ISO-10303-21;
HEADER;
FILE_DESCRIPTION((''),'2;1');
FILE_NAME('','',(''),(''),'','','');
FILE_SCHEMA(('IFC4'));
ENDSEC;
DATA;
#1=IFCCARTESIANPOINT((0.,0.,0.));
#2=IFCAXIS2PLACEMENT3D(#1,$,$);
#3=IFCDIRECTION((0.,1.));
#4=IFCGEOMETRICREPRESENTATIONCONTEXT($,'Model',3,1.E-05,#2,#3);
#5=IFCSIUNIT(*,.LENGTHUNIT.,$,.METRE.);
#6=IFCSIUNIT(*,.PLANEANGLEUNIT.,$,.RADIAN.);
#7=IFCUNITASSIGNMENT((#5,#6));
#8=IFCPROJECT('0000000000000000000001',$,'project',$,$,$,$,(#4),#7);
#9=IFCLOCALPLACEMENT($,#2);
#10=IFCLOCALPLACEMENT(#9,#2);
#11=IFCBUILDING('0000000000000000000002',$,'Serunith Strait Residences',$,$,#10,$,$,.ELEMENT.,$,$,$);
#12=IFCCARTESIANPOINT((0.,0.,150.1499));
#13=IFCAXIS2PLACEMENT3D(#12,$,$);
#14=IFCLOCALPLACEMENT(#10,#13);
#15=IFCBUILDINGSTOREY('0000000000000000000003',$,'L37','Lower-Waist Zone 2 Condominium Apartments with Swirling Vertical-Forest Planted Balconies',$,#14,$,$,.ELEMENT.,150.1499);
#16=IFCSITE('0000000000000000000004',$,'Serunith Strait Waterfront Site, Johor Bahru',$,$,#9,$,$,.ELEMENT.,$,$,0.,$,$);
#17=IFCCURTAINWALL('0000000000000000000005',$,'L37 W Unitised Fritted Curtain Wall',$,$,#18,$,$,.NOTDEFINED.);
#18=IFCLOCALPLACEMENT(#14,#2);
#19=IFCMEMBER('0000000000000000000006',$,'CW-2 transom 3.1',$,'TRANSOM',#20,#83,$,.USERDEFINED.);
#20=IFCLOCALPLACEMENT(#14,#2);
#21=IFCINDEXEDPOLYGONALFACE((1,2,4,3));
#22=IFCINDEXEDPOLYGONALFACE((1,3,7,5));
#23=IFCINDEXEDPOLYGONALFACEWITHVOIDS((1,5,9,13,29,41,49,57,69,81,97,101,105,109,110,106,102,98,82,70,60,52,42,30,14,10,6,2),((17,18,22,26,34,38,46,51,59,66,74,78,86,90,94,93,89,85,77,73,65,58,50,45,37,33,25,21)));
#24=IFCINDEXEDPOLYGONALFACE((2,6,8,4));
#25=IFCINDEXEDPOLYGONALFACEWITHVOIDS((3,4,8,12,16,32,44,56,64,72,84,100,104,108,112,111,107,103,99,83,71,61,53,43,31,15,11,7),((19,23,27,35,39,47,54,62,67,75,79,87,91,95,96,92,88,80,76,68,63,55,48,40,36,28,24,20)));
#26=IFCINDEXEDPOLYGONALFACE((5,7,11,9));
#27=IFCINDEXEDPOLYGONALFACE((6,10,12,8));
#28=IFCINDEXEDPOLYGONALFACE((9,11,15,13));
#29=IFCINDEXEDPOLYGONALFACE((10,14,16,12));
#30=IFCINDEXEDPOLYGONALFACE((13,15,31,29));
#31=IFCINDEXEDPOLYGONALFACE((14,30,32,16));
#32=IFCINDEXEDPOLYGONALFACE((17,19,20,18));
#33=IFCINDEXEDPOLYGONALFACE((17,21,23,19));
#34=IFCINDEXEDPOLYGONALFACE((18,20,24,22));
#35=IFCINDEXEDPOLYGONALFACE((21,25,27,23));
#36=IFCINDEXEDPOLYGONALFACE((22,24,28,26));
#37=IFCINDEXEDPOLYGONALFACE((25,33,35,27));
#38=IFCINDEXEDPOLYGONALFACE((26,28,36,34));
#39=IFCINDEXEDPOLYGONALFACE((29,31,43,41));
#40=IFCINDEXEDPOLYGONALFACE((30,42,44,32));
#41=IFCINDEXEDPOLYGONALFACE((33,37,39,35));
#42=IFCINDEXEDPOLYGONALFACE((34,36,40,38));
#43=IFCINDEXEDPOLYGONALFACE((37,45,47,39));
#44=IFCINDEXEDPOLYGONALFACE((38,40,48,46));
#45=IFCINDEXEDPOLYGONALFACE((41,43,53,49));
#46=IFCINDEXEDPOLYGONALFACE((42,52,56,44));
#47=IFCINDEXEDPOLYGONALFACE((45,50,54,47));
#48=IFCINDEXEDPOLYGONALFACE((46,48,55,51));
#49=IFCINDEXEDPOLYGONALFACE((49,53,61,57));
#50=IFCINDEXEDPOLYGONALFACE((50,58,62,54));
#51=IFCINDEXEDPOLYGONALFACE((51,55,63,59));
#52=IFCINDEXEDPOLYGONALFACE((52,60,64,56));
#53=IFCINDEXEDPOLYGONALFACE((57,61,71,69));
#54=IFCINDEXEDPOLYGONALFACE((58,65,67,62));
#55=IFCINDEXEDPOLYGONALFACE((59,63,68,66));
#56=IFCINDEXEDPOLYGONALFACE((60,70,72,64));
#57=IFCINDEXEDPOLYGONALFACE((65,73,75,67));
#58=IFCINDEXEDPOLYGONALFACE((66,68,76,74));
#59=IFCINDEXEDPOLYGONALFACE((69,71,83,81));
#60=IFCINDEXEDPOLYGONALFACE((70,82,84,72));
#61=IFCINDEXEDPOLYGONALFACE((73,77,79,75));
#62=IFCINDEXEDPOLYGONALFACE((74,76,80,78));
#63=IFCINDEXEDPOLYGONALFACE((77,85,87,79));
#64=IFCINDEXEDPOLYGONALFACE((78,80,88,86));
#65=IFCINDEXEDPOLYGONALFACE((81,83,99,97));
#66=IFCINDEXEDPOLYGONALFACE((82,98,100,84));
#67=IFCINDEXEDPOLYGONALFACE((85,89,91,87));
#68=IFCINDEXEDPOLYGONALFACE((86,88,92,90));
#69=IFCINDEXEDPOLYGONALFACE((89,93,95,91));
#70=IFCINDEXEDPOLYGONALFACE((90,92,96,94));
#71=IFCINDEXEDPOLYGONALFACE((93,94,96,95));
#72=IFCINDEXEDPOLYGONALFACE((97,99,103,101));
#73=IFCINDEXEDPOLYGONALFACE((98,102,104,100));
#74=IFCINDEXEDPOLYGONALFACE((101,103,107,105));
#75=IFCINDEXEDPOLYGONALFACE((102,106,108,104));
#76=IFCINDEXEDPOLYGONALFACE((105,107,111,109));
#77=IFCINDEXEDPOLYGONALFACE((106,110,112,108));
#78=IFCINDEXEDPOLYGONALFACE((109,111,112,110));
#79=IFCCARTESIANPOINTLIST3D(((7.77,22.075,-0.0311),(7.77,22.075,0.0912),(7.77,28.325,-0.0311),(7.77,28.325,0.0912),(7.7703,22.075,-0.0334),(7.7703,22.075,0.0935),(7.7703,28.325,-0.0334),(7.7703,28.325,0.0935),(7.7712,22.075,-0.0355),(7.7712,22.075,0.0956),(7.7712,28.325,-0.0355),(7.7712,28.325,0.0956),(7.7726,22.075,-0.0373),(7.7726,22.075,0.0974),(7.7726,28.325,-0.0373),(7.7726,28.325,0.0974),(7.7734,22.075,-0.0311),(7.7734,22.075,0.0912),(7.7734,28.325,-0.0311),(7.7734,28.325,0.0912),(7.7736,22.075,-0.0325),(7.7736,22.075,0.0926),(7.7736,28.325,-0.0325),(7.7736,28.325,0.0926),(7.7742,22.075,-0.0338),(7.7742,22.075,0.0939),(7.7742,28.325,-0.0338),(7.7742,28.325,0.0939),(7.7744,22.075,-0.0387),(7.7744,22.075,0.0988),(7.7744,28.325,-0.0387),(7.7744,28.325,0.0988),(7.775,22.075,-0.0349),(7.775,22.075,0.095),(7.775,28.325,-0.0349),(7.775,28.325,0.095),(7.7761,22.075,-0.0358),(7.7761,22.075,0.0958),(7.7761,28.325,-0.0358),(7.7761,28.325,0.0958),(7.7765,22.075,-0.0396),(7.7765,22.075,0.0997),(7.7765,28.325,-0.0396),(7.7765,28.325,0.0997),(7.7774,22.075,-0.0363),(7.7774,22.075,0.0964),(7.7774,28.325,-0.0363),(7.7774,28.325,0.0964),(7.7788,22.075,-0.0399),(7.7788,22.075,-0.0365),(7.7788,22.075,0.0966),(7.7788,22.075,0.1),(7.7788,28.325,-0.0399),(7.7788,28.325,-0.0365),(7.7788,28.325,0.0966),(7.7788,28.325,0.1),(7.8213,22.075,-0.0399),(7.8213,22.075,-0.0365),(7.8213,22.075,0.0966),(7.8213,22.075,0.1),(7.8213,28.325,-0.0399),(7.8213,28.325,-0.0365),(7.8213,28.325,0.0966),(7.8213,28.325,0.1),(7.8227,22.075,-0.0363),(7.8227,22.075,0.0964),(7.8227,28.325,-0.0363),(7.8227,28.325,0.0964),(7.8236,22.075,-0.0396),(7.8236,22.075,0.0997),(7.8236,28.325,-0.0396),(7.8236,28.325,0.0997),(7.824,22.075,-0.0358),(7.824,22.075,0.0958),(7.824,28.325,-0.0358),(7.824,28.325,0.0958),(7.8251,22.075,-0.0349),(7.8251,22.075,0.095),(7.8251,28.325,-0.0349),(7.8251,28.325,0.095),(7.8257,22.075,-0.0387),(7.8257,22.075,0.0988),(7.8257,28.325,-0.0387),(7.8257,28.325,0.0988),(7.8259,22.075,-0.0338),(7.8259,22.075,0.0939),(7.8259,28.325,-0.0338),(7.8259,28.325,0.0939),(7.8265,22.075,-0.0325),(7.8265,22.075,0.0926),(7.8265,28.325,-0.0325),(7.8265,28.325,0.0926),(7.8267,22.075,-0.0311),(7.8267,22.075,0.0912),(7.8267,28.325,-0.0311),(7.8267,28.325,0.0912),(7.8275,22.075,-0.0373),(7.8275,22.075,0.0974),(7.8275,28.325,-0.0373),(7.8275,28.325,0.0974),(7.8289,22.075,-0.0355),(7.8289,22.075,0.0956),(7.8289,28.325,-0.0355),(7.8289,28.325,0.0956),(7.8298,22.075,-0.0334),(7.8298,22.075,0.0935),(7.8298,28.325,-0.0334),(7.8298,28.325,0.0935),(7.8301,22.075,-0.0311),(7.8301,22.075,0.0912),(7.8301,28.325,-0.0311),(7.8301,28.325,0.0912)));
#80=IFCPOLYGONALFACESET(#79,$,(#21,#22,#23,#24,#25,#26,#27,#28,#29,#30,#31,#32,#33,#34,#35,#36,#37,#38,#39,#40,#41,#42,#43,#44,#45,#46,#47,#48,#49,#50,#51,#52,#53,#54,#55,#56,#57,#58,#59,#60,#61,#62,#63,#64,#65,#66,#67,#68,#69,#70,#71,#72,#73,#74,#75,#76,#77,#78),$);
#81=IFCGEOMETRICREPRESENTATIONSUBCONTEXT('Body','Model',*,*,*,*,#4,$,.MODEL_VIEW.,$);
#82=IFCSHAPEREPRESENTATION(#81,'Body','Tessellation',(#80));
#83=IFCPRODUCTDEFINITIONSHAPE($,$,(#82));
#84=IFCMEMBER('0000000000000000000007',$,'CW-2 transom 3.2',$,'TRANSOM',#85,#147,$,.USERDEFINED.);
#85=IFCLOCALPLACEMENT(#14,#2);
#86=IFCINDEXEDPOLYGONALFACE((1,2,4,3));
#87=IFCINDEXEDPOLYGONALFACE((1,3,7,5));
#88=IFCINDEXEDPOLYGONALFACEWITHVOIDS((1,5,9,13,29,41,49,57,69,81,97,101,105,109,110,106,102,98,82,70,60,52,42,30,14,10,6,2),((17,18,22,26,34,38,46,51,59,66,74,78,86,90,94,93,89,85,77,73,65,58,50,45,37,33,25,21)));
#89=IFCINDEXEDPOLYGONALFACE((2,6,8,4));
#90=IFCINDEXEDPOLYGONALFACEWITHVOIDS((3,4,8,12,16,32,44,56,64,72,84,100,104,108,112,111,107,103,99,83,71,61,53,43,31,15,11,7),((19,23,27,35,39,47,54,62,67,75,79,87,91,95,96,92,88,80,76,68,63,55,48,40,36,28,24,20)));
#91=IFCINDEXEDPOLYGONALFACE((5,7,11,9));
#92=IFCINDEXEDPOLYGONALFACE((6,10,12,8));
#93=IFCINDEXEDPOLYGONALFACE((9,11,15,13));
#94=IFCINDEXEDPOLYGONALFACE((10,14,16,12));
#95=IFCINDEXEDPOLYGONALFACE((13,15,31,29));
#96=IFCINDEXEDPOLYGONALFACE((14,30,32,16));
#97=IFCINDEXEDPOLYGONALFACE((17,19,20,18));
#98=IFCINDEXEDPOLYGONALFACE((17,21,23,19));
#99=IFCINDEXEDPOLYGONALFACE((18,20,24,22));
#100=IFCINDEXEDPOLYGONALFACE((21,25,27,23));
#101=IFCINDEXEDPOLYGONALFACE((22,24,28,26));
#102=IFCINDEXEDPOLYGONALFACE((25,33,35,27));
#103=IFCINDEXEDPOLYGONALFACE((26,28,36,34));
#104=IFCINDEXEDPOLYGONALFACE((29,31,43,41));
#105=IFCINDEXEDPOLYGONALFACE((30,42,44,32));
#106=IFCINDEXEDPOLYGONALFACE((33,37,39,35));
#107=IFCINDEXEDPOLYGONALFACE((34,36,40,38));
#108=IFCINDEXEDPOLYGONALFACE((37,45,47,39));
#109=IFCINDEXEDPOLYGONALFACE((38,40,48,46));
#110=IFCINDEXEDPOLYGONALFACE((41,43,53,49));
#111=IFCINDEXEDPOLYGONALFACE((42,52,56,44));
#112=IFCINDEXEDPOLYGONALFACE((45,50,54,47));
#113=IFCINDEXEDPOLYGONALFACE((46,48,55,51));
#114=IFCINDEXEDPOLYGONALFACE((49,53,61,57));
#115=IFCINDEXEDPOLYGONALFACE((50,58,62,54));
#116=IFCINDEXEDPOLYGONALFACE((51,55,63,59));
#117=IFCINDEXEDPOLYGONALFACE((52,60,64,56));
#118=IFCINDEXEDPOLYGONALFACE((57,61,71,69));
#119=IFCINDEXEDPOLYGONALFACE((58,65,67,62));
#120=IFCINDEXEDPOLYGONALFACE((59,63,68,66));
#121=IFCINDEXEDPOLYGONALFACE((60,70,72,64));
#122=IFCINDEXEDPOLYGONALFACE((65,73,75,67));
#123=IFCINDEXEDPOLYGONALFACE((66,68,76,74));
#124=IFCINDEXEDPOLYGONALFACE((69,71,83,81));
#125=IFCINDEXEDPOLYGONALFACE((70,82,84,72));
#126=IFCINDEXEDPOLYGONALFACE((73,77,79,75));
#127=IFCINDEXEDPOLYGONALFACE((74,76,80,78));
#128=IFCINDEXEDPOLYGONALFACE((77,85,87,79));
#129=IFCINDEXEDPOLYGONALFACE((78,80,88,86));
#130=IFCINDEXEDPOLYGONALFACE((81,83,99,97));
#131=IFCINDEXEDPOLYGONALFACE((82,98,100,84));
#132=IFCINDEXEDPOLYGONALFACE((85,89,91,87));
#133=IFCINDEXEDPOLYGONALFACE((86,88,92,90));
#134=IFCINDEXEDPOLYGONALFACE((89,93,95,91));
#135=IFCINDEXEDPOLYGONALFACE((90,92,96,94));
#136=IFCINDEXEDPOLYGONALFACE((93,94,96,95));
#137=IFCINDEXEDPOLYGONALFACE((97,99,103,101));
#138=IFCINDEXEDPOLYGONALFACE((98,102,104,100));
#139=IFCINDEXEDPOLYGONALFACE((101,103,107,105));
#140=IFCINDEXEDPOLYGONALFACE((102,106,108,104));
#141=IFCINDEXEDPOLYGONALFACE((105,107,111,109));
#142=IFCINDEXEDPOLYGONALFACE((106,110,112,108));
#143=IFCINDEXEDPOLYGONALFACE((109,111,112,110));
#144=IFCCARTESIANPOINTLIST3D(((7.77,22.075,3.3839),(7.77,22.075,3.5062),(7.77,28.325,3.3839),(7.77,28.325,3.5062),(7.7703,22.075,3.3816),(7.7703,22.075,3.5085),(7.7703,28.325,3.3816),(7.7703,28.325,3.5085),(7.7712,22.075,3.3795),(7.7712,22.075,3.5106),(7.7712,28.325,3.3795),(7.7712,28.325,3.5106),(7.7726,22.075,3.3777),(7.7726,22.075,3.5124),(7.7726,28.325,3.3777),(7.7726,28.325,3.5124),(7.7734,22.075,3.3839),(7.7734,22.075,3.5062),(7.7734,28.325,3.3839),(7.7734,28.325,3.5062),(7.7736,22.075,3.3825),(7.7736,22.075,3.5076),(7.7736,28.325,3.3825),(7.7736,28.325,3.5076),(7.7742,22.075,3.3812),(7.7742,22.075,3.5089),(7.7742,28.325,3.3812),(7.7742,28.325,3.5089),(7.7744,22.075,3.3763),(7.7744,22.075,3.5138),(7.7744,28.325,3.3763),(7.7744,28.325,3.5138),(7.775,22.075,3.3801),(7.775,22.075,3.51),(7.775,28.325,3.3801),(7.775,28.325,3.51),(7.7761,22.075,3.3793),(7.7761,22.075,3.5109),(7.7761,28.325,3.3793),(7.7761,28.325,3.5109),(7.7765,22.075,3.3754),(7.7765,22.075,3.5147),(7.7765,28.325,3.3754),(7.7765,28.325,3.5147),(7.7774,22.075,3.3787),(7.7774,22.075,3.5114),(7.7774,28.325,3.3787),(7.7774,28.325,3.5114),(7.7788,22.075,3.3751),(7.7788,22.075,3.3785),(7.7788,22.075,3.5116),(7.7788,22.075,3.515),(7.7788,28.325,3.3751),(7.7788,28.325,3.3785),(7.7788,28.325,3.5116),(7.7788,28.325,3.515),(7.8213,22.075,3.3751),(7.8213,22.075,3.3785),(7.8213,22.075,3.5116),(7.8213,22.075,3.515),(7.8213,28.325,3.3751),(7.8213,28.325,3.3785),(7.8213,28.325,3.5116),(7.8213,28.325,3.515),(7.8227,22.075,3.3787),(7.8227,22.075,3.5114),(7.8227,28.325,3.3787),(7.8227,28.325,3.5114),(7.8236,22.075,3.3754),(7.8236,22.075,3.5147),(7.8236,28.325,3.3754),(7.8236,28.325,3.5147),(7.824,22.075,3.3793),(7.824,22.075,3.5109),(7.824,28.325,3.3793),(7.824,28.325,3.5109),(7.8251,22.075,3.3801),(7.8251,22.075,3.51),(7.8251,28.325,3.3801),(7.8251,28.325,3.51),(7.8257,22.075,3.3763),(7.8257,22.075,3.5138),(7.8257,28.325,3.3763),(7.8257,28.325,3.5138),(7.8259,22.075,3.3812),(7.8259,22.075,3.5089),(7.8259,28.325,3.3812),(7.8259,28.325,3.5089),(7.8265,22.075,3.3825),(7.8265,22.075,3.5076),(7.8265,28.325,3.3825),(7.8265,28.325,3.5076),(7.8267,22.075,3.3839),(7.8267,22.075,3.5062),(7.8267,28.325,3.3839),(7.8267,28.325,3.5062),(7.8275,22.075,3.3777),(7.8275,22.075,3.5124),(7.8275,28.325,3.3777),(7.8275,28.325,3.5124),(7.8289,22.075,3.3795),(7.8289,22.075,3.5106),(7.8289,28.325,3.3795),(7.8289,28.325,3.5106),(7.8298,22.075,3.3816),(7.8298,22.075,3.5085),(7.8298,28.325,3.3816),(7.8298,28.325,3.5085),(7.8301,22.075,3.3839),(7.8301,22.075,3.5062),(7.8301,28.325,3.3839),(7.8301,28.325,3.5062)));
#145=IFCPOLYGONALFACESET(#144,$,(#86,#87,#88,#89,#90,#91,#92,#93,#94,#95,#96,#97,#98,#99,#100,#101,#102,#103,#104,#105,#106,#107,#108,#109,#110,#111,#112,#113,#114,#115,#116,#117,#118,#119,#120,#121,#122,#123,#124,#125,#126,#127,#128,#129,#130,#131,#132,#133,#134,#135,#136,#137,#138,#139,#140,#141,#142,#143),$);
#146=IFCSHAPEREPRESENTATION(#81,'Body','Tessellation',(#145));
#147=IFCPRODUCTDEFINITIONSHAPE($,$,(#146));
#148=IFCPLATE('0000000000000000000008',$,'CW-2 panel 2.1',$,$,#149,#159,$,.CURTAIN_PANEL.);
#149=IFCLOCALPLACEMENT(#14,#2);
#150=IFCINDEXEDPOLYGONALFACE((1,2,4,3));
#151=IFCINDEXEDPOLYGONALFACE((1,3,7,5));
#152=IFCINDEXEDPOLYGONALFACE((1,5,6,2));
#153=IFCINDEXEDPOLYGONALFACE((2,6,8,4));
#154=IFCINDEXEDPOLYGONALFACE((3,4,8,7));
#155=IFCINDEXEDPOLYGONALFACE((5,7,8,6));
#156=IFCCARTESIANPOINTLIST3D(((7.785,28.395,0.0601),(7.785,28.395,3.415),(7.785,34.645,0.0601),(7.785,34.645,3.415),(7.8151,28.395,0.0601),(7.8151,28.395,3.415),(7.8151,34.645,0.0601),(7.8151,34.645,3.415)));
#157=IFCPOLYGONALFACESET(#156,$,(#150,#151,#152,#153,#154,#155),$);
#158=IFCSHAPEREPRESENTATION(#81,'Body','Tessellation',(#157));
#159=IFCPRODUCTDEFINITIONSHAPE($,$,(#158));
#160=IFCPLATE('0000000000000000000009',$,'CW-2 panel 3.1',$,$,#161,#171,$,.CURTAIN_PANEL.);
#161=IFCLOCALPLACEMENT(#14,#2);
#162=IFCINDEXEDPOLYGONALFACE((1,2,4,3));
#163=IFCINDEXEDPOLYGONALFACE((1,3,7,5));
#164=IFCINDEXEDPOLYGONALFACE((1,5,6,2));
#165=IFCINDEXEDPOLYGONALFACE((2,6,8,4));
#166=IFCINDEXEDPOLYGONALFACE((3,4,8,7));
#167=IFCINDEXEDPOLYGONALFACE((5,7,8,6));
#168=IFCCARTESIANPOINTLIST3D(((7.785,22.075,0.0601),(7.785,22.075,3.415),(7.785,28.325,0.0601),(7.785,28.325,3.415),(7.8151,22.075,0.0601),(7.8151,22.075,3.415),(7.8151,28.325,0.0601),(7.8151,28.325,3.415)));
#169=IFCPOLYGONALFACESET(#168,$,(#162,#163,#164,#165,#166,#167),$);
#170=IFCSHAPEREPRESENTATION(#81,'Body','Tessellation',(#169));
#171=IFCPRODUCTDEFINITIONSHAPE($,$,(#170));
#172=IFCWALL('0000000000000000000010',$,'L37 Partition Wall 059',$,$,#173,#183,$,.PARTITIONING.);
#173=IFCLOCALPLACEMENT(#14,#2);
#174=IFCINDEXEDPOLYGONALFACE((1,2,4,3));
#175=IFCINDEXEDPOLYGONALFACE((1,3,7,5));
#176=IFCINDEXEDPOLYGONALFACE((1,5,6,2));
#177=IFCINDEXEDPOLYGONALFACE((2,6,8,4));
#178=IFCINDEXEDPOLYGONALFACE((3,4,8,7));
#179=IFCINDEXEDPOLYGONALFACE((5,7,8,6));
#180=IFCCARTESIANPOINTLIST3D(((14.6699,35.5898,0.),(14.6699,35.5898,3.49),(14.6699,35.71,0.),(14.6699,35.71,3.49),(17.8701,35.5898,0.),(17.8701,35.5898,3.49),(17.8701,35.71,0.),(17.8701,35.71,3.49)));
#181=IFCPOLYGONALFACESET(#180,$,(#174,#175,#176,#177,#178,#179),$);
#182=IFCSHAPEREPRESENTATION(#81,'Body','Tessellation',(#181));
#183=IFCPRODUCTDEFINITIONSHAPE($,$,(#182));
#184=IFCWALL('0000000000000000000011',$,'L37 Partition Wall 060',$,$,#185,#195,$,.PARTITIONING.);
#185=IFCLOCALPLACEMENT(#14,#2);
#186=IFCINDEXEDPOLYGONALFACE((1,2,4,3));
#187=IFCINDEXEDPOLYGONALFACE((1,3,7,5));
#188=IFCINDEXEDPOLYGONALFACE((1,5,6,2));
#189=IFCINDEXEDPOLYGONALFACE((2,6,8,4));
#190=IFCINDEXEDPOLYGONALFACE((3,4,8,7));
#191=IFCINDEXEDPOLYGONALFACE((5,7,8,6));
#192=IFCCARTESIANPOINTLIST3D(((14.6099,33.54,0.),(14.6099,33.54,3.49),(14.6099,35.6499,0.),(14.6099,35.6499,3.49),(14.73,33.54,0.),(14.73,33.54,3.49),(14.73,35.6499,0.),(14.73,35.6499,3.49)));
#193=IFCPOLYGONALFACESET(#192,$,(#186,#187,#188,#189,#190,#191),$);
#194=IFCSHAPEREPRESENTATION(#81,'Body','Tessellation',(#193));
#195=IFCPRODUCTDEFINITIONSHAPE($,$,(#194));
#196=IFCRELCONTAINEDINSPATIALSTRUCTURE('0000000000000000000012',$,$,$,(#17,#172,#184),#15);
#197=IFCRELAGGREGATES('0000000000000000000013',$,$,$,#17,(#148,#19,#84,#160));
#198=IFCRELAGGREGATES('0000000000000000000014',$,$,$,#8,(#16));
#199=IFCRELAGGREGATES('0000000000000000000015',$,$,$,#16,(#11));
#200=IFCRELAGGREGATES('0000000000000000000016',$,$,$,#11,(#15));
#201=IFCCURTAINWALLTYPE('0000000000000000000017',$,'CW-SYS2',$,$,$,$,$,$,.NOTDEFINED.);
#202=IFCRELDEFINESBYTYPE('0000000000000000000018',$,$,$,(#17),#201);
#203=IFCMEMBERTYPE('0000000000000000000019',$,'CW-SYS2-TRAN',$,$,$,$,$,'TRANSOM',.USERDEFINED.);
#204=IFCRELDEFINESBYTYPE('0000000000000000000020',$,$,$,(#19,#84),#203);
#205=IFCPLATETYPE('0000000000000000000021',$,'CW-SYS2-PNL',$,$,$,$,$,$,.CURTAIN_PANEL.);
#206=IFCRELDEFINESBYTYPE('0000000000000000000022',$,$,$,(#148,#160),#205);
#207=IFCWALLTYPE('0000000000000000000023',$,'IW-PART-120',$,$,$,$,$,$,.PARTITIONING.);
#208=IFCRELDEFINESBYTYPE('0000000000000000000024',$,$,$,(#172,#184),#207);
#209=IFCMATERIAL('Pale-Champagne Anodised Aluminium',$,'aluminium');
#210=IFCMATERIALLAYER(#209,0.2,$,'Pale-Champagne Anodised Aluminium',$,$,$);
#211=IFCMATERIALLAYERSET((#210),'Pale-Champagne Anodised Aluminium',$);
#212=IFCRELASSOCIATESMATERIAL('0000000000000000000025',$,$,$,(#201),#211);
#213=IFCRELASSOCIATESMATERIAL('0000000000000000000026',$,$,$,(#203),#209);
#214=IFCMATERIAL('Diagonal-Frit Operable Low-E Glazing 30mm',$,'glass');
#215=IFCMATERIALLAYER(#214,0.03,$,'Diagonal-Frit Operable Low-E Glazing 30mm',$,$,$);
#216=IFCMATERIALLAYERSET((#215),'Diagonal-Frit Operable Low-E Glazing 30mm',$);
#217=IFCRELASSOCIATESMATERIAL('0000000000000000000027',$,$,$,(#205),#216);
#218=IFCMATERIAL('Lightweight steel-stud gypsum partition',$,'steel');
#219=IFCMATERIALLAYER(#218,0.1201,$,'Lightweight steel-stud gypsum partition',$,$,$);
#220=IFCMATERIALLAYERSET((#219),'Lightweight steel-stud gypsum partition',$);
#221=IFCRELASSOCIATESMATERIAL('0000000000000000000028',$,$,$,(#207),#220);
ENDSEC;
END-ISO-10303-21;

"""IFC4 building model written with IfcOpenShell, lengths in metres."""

from ifc_helpers import new_model, si_unit, direction, frame, frame_2d, origin, origin_2d, place, context, subcontext, project, spatial, rectangle, hollow_rectangle, extrude, source, transform, mapped, material, layer, layer_set, material_profile, profile_set, type_object, element, aggregate, save


model = new_model("IFC4")

# Units and contexts
model_context = context("Model", 3, precision=1e-05, world=origin(), true_north=direction((0.0, 1.0)))
body_context = subcontext(model_context, "Body", "Model", "MODEL_VIEW")
ifc_project = project(units=[si_unit("LENGTHUNIT", "METRE"), si_unit("PLANEANGLEUNIT", "RADIAN")], contexts=[model_context])

# Site, building, storey
site_placement = place(None, origin())
site = spatial("IfcSite", under=ifc_project, at=site_placement, Name="Serunith Strait Waterfront Site, Johor Bahru", CompositionType="ELEMENT", RefElevation=0.0)
building_placement = place(site_placement, origin())
building = spatial("IfcBuilding", under=site, at=building_placement, Name="Serunith Strait Residences", CompositionType="ELEMENT")
storey_placement = place(building_placement, frame((0.0, 0.0, 150.1499)))
storey = spatial("IfcBuildingStorey", under=building, at=storey_placement, Name="L37", Description="Lower-Waist Zone 2 Condominium Apartments with Swirling Vertical-Forest Planted Balconies", CompositionType="ELEMENT", Elevation=150.1499)

# Curtain wall, members, plates
ifc_material_1 = material(Name="Pale-Champagne Anodised Aluminium", Category="aluminium")
ifc_layer_1 = layer(ifc_material_1, 0.2, Name="Pale-Champagne Anodised Aluminium")
ifc_layer_set_1 = layer_set([ifc_layer_1], Name="Pale-Champagne Anodised Aluminium")
curtain_wall_type = type_object("IfcCurtainWallType", Name="CW-SYS2", PredefinedType="NOTDEFINED", material=ifc_layer_set_1)
curtain_wall_placement = place(storey_placement, origin())
curtain_wall = element("IfcCurtainWall", 1, at=curtain_wall_placement, inside=storey, type_object=curtain_wall_type, Name="L37 W Unitised Fritted Curtain Wall", PredefinedType="NOTDEFINED")
ifc_material_profile_1 = material_profile(ifc_material_1, hollow_rectangle(XDim=0.0601, YDim=0.1399, WallThickness=0.0034, InnerFilletRadius=0.0054, OuterFilletRadius=0.0088, at=origin_2d()), Name="ALU 140x60x3.5")
ifc_profile_set_1 = profile_set([ifc_material_profile_1], Name="Pale-Champagne Anodised Aluminium")
member_type_1 = type_object("IfcMemberType", Name="CW-SYS2-TRAN", ElementType="TRANSOM", PredefinedType="USERDEFINED", material=ifc_profile_set_1)
shared_shape_1 = source(origin(), body_context, "Body", "SweptSolid", [
    extrude(hollow_rectangle(XDim=0.0601, YDim=0.1399, WallThickness=0.0034, InnerFilletRadius=0.0054, OuterFilletRadius=0.0088, at=origin_2d()), origin(), (0.0, 0.0, 1.0), 6.25),
])
member_1_placement = place(storey_placement, frame((7.8, 28.325, 0.03), z_axis=(0.0, -1.0, 0.0), x_axis=(1.0, 0.0, 0.0)))
member_1 = element("IfcMember", 2, at=member_1_placement, type_object=member_type_1, Name="CW-2 transom 3.1", ObjectType="TRANSOM", PredefinedType="USERDEFINED", context=body_context, shape_type="MappedRepresentation", body=[
    mapped(shared_shape_1, transform((0.0, 0.0, 0.0), scale=1.0)),
])
member_2_placement = place(storey_placement, frame((7.8, 28.325, 3.4451), z_axis=(0.0, -1.0, 0.0), x_axis=(1.0, 0.0, 0.0)))
member_2 = element("IfcMember", 3, at=member_2_placement, type_object=member_type_1, Name="CW-2 transom 3.2", ObjectType="TRANSOM", PredefinedType="USERDEFINED", context=body_context, shape_type="MappedRepresentation", body=[
    mapped(shared_shape_1, transform((0.0, 0.0, 0.0), scale=1.0)),
])
ifc_material_2 = material(Name="Diagonal-Frit Operable Low-E Glazing 30mm", Category="glass")
ifc_layer_2 = layer(ifc_material_2, 0.03, Name="Diagonal-Frit Operable Low-E Glazing 30mm")
ifc_layer_set_2 = layer_set([ifc_layer_2], Name="Diagonal-Frit Operable Low-E Glazing 30mm")
plate_type = type_object("IfcPlateType", Name="CW-SYS2-PNL", PredefinedType="CURTAIN_PANEL", material=ifc_layer_set_2)
shared_shape_2 = source(origin(), body_context, "Body", "SweptSolid", [
    extrude(rectangle(XDim=6.25, YDim=0.03, at=origin_2d()), origin(), (0.0, 0.0, 1.0), 3.355),
])
plate_1_placement = place(storey_placement, frame((7.8, 31.52, 0.0601), z_axis=(0.0, 0.0, 1.0), x_axis=(0.0, -1.0, 0.0)))
plate_1 = element("IfcPlate", 4, at=plate_1_placement, type_object=plate_type, Name="CW-2 panel 2.1", PredefinedType="CURTAIN_PANEL", context=body_context, shape_type="MappedRepresentation", body=[
    mapped(shared_shape_2, transform((0.0, 0.0, 0.0), scale=1.0)),
])
plate_2_placement = place(storey_placement, frame((7.8, 25.2, 0.0601), z_axis=(0.0, 0.0, 1.0), x_axis=(0.0, -1.0, 0.0)))
plate_2 = element("IfcPlate", 5, at=plate_2_placement, type_object=plate_type, Name="CW-2 panel 3.1", PredefinedType="CURTAIN_PANEL", context=body_context, shape_type="MappedRepresentation", body=[
    mapped(shared_shape_2, transform((0.0, 0.0, 0.0), scale=1.0)),
])
aggregate(curtain_wall, [plate_1, member_1, member_2, plate_2])

# Walls
ifc_material_3 = material(Name="Lightweight steel-stud gypsum partition", Category="steel")
ifc_layer_3 = layer(ifc_material_3, 0.1201, Name="Lightweight steel-stud gypsum partition")
ifc_layer_set_3 = layer_set([ifc_layer_3], Name="Lightweight steel-stud gypsum partition")
wall_type_1 = type_object("IfcWallType", Name="IW-PART-120", PredefinedType="PARTITIONING", material=ifc_layer_set_3)
wall_1_placement = place(storey_placement, frame((14.6699, 35.6499, 0.0), z_axis=(0.0, 0.0, 1.0), x_axis=(1.0, 0.0, 0.0)))
element("IfcWall", 6, at=wall_1_placement, inside=storey, type_object=wall_type_1, Name="L37 Partition Wall 059", PredefinedType="PARTITIONING", context=body_context, shape_type="SweptSolid", body=[
    extrude(rectangle(XDim=3.2002, YDim=0.1201, at=frame_2d((1.6001, 0.0))), origin(), (0.0, 0.0, 1.0), 3.49),
])
wall_2_placement = place(storey_placement, frame((14.6699, 35.6499, 0.0), z_axis=(0.0, 0.0, 1.0), x_axis=(0.0, -1.0, 0.0)))
element("IfcWall", 7, at=wall_2_placement, inside=storey, type_object=wall_type_1, Name="L37 Partition Wall 060", PredefinedType="PARTITIONING", context=body_context, shape_type="SweptSolid", body=[
    extrude(rectangle(XDim=2.1099, YDim=0.1201, at=frame_2d((1.0549, 0.0))), origin(), (0.0, 0.0, 1.0), 3.49),
])

save(model, "model.ifc")
